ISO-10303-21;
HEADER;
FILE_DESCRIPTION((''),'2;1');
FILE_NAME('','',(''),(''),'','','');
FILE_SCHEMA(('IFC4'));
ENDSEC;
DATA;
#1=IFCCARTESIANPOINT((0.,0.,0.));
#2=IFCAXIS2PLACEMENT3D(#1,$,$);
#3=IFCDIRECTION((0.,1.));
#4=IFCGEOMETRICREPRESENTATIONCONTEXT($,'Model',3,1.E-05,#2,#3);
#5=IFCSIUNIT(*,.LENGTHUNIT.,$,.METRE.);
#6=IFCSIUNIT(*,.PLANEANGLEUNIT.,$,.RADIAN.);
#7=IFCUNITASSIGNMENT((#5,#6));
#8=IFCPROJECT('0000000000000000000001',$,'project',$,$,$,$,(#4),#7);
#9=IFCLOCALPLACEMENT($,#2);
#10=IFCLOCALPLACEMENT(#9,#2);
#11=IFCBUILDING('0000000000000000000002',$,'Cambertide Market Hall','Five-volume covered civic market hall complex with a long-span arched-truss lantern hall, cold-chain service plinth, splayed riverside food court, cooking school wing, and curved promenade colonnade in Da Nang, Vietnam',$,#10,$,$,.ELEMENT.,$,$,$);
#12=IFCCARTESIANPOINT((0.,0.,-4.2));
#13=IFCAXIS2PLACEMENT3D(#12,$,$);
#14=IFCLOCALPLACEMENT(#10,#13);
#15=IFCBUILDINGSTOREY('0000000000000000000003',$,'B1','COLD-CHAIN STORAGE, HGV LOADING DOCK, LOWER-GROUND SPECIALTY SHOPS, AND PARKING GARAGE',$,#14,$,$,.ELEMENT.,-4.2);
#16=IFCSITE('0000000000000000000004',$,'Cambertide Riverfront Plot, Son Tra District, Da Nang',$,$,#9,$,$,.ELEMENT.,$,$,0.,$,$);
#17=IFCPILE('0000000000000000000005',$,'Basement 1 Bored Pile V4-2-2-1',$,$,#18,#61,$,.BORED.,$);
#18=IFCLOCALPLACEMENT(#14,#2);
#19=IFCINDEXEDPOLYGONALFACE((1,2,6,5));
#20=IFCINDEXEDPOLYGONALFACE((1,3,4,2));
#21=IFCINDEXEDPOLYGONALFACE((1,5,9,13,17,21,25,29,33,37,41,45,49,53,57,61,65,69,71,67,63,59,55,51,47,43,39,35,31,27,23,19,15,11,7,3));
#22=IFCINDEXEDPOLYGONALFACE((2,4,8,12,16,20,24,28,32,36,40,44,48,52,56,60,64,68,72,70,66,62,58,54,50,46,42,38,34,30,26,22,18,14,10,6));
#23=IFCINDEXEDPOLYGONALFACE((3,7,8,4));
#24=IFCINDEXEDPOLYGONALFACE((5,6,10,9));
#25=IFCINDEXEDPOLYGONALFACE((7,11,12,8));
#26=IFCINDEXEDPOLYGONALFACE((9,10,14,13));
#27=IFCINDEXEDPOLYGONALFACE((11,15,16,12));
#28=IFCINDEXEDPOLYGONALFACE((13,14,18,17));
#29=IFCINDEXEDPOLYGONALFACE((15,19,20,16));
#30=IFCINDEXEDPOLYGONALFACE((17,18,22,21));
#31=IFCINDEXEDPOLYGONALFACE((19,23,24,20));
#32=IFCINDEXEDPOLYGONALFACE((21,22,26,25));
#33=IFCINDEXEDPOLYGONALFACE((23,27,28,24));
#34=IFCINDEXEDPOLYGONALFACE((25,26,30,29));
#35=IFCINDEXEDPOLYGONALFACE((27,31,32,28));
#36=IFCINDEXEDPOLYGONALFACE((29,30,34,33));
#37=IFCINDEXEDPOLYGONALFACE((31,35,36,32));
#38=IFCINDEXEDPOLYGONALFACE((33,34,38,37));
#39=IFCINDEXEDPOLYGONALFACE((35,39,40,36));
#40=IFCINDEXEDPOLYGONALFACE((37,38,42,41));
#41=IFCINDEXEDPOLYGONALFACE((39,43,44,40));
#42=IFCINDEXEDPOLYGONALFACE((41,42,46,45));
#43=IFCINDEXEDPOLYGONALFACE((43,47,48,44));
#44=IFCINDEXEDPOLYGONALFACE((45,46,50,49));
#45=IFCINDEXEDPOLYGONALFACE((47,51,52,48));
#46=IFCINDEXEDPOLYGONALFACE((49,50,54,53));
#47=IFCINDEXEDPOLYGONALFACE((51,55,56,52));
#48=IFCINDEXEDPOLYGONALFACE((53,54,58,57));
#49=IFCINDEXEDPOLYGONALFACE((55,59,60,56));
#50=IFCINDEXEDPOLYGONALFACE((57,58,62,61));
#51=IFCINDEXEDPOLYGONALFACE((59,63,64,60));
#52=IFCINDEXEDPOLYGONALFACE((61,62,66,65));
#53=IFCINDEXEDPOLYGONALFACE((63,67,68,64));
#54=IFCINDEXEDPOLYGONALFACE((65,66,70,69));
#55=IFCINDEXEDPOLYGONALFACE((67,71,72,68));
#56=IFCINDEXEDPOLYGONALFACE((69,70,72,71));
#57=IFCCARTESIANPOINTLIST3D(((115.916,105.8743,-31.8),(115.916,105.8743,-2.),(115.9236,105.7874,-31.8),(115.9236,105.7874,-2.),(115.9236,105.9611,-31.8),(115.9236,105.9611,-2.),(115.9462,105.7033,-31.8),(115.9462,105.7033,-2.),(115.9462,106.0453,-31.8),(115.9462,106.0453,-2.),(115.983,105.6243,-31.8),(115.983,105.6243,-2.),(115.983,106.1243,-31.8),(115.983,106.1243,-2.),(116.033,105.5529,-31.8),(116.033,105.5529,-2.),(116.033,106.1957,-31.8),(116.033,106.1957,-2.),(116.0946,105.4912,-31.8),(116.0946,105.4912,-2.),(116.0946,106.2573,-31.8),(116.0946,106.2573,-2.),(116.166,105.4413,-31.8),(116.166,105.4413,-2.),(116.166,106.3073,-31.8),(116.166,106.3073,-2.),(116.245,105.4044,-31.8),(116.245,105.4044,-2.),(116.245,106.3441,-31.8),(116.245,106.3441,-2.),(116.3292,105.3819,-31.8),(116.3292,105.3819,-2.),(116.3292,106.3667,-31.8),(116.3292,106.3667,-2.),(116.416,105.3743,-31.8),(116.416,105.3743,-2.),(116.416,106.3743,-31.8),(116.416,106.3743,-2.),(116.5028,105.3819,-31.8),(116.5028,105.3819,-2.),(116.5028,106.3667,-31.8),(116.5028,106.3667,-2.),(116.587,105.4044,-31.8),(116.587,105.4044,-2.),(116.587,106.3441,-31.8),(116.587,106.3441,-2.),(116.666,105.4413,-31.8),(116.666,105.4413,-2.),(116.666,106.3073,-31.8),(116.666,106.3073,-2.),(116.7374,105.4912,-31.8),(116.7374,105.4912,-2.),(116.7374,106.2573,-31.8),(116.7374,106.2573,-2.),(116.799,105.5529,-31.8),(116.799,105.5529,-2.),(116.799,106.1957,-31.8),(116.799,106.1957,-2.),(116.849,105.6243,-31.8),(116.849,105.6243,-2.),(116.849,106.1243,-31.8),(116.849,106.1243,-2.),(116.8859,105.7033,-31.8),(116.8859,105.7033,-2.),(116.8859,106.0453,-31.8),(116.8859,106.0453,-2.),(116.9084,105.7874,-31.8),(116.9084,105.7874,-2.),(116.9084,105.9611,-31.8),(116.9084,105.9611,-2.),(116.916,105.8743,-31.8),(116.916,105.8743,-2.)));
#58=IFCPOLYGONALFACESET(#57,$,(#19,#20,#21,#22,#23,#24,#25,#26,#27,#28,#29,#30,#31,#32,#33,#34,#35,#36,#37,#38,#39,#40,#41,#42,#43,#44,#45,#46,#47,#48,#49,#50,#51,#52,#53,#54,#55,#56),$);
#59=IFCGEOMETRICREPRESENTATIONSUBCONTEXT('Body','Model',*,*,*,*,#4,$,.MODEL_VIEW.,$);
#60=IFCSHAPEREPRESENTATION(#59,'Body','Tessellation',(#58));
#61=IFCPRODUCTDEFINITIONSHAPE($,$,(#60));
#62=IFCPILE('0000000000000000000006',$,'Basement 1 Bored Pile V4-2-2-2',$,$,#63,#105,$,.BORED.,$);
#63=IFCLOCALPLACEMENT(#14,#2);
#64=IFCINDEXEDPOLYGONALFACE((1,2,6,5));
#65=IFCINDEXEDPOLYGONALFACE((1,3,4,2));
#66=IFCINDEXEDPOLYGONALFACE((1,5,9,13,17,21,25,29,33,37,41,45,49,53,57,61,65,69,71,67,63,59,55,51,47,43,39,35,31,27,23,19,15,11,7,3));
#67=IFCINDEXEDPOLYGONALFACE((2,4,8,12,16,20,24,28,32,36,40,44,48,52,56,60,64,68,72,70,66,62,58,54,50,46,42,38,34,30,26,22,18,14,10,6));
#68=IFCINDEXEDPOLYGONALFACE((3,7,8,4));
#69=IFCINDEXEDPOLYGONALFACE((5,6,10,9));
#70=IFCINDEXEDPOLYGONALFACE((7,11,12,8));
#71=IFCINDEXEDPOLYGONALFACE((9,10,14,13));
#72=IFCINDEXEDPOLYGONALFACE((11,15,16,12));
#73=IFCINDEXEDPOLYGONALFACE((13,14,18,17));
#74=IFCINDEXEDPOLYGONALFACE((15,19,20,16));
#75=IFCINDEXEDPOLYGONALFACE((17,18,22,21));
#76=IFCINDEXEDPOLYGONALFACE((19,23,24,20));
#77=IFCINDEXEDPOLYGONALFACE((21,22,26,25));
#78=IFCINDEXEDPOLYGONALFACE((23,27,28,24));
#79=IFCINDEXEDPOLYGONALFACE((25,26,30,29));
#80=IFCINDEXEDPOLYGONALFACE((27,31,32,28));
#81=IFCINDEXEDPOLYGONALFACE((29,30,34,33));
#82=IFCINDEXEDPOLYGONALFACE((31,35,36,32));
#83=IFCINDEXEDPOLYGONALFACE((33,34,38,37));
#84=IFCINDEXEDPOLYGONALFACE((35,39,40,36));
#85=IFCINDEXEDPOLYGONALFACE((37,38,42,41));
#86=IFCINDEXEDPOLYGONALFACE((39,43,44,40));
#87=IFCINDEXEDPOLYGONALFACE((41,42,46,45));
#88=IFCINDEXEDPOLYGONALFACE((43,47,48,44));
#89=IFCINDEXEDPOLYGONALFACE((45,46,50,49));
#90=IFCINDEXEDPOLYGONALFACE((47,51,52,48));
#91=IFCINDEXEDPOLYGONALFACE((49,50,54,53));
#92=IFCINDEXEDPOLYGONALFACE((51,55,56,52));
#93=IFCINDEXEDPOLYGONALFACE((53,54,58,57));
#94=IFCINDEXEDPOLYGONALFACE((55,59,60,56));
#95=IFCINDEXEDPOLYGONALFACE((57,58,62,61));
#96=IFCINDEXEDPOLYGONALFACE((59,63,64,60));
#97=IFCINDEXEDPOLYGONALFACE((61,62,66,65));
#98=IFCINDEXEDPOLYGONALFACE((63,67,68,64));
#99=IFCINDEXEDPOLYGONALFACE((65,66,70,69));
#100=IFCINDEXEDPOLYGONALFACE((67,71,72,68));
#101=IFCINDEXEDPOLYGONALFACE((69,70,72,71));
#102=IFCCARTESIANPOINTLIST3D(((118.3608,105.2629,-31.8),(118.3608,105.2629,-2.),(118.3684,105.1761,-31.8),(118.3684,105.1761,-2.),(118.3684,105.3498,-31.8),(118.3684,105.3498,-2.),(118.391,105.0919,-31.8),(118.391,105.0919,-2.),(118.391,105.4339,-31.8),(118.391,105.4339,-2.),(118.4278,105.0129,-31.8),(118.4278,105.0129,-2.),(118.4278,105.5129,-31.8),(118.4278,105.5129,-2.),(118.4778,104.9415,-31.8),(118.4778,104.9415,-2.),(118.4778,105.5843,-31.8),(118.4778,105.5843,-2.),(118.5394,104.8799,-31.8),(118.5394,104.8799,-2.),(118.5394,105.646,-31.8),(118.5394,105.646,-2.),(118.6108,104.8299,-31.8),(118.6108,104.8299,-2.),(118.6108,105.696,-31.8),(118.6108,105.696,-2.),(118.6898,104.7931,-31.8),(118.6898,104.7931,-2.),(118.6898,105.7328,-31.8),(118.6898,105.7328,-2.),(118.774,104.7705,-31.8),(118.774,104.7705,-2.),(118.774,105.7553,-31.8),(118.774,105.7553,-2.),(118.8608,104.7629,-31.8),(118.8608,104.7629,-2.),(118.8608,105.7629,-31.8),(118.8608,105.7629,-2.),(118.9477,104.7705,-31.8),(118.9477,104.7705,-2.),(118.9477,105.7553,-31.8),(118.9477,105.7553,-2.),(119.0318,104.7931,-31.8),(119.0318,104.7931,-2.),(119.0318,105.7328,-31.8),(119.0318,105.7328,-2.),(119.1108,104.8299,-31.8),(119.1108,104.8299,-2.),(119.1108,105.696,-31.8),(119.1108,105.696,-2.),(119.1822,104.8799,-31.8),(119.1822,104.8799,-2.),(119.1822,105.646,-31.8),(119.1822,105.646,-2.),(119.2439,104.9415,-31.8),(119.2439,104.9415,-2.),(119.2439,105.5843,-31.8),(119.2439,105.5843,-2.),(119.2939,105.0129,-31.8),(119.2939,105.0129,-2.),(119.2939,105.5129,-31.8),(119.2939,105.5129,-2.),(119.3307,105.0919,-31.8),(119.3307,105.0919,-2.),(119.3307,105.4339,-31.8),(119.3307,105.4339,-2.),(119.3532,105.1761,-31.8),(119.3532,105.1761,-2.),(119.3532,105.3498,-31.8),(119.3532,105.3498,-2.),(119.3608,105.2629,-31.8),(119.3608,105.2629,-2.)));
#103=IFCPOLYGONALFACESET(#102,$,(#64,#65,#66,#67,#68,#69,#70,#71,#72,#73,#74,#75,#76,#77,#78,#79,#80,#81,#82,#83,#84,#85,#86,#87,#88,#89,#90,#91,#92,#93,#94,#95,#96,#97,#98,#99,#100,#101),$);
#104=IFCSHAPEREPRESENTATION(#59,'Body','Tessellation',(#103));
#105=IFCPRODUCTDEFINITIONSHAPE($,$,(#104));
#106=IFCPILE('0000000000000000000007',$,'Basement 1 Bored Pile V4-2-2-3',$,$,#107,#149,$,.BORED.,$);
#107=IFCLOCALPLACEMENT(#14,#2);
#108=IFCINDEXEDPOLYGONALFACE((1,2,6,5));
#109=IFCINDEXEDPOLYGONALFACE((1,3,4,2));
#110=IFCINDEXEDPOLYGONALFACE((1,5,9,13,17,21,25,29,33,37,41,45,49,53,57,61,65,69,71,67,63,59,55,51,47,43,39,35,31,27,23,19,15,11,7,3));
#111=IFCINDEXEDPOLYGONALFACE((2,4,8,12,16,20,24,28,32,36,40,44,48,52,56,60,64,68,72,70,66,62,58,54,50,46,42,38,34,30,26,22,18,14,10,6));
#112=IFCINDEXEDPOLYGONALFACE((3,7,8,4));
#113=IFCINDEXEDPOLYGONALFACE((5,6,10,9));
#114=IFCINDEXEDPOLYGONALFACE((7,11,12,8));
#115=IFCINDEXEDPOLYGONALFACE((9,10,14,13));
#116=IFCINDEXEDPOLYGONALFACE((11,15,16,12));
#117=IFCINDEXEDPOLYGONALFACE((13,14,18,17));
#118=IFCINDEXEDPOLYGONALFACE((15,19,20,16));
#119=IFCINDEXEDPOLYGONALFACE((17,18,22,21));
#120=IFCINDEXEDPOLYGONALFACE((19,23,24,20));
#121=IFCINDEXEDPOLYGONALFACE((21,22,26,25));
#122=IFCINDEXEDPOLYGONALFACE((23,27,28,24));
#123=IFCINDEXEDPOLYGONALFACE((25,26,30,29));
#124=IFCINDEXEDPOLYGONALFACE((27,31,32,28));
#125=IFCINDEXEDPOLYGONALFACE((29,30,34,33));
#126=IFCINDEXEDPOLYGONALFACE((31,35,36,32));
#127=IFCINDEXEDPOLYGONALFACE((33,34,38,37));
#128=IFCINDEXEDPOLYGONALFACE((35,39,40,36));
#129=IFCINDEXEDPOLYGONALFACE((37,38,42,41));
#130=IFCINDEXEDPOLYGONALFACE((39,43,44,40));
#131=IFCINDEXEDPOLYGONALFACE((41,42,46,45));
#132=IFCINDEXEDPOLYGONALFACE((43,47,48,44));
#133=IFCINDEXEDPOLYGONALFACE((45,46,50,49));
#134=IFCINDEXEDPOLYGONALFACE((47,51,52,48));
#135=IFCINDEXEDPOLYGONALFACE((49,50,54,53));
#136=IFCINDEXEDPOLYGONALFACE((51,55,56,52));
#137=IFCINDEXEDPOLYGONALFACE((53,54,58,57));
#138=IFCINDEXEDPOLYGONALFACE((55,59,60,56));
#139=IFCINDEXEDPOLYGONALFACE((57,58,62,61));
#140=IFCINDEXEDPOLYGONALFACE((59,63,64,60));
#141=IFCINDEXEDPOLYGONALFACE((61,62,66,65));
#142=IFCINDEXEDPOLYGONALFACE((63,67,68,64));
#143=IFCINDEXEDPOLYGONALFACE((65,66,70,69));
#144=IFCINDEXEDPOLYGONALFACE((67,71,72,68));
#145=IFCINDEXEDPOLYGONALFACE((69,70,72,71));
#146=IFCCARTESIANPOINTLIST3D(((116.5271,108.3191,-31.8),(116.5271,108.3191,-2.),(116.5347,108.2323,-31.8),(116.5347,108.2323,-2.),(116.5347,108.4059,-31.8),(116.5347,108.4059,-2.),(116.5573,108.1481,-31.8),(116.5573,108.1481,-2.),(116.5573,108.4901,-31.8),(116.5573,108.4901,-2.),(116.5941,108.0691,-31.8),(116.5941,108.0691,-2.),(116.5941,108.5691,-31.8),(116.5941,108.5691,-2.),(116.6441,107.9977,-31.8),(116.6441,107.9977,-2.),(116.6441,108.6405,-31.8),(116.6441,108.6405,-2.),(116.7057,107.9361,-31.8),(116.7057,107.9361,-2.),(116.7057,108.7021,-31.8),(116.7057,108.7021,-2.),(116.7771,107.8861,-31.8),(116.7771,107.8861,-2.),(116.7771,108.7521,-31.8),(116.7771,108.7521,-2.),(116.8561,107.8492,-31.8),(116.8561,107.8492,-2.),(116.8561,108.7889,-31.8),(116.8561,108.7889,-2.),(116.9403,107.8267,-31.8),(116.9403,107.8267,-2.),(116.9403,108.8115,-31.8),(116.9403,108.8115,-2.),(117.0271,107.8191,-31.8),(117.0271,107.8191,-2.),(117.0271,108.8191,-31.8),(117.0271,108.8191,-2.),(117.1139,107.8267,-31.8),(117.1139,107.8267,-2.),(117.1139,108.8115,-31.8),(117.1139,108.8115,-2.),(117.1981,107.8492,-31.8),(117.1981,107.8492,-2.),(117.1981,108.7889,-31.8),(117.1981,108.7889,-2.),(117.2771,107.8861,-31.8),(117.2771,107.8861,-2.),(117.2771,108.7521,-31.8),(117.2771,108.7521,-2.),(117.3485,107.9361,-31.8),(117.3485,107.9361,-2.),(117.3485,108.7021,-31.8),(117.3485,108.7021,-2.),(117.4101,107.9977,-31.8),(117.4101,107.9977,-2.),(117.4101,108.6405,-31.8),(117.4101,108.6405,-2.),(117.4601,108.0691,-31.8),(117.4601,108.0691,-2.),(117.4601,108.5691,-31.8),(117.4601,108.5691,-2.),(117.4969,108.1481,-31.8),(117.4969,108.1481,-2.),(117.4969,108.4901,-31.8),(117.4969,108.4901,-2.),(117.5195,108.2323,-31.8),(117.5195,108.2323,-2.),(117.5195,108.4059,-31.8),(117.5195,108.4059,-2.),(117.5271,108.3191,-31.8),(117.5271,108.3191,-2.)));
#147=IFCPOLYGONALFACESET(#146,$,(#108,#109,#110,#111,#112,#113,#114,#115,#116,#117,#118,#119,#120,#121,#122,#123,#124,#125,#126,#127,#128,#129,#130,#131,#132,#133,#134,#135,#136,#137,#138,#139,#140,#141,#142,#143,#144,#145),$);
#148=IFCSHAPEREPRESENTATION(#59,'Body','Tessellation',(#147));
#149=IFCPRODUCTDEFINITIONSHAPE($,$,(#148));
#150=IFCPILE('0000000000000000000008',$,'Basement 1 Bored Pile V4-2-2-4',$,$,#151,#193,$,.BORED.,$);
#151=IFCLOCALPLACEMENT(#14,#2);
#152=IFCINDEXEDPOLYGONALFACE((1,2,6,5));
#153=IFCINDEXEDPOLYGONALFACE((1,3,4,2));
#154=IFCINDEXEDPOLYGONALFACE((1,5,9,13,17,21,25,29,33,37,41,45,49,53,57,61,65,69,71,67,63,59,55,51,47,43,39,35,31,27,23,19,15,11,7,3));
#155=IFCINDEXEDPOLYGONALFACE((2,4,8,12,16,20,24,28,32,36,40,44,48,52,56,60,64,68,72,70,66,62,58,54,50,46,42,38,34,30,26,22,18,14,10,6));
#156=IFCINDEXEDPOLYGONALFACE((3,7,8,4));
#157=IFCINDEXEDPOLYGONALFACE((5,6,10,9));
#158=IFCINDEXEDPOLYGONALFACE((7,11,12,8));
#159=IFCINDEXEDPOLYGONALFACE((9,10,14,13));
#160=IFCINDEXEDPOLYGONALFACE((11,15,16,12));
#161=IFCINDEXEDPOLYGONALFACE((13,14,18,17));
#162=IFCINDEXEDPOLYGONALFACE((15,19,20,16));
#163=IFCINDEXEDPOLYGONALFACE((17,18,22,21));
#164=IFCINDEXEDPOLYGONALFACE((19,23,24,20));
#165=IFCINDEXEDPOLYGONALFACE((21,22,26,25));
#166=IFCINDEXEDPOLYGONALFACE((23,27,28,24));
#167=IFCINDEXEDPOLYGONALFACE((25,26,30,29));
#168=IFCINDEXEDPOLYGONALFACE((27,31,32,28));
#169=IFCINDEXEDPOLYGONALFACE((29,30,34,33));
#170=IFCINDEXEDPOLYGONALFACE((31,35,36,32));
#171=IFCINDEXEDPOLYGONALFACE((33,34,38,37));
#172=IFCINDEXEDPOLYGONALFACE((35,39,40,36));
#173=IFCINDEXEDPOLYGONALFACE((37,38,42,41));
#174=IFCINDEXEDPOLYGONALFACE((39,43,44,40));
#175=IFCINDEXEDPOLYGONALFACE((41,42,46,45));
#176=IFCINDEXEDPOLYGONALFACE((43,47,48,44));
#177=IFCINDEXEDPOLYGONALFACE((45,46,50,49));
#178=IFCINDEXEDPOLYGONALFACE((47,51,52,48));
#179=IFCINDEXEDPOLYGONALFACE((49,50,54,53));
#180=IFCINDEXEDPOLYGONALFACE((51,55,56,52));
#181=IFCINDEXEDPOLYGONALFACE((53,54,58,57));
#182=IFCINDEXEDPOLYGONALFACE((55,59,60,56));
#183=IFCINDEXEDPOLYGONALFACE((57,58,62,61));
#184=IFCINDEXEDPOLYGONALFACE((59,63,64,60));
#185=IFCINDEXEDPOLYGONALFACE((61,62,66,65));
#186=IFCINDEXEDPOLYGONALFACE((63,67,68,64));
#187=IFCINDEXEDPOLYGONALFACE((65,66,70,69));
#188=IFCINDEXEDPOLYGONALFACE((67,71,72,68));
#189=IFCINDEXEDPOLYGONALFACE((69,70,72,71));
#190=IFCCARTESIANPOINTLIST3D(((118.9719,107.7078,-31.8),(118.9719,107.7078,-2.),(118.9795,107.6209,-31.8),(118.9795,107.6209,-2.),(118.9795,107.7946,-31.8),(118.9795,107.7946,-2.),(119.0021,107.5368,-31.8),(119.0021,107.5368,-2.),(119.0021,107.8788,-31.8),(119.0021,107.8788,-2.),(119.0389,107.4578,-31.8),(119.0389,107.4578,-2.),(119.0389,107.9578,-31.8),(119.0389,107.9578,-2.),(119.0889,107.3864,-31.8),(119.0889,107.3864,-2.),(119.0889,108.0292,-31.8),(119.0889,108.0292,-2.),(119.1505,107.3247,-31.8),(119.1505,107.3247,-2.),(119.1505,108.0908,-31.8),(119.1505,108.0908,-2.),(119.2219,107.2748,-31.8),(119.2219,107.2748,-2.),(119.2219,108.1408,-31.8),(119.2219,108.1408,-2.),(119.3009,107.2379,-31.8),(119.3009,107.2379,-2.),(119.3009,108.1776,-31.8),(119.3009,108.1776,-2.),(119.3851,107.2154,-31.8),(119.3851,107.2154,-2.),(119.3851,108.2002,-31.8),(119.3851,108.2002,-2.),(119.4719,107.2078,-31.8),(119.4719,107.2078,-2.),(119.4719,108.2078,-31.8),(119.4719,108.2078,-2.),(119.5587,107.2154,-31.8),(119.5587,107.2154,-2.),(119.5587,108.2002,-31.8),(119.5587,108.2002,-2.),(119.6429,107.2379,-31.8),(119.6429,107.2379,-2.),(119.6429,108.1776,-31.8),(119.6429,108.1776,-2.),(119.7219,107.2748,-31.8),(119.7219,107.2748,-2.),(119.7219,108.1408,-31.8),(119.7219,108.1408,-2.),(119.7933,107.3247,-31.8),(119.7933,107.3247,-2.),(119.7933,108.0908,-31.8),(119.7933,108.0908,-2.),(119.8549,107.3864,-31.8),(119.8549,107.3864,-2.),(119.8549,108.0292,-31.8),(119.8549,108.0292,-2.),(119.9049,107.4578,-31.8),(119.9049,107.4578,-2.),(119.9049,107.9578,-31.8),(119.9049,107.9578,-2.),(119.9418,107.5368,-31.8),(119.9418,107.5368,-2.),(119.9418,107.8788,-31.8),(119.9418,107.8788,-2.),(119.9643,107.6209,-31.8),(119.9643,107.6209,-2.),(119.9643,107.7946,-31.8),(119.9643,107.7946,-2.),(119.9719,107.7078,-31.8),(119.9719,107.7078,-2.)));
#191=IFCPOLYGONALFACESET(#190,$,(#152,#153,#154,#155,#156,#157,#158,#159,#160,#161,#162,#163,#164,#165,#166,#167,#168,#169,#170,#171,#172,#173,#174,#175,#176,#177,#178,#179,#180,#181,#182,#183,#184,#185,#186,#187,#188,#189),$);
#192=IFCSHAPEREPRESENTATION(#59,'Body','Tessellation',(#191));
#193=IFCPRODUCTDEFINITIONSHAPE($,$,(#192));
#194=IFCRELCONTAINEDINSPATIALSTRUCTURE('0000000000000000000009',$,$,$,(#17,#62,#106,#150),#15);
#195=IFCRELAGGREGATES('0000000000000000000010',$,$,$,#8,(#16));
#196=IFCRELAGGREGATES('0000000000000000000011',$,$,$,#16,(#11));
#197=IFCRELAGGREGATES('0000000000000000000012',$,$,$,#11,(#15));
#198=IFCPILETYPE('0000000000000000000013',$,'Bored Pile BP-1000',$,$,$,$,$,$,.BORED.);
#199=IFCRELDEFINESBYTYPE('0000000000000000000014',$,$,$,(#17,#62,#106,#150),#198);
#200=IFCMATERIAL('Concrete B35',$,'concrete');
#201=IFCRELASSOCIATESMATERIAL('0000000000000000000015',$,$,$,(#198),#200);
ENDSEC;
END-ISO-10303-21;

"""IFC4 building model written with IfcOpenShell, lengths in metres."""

from ifc_helpers import new_model, si_unit, direction, frame, origin, origin_2d, place, context, subcontext, project, spatial, circle, extrude, material, material_profile, profile_set, type_object, element, save


model = new_model("IFC4")

# Units and contexts
model_context = context("Model", 3, precision=1e-05, world=origin(), true_north=direction((0.0, 1.0)))
body_context = subcontext(model_context, "Body", "Model", "MODEL_VIEW")
ifc_project = project(units=[si_unit("LENGTHUNIT", "METRE"), si_unit("PLANEANGLEUNIT", "RADIAN")], contexts=[model_context])

# Site, building, storey
site_placement = place(None, origin())
site = spatial("IfcSite", under=ifc_project, at=site_placement, Name="Cambertide Riverfront Plot, Son Tra District, Da Nang", CompositionType="ELEMENT", RefElevation=0.0)
building_placement = place(site_placement, origin())
building = spatial("IfcBuilding", under=site, at=building_placement, Name="Cambertide Market Hall", Description="Five-volume covered civic market hall complex with a long-span arched-truss lantern hall, cold-chain service plinth, splayed riverside food court, cooking school wing, and curved promenade colonnade in Da Nang, Vietnam", CompositionType="ELEMENT")
storey_placement = place(building_placement, frame((0.0, 0.0, -4.2)))
storey = spatial("IfcBuildingStorey", under=building, at=storey_placement, Name="B1", Description="COLD-CHAIN STORAGE, HGV LOADING DOCK, LOWER-GROUND SPECIALTY SHOPS, AND PARKING GARAGE", CompositionType="ELEMENT", Elevation=-4.2)

# Piles
ifc_material_1 = material(Name="Concrete B35", Category="concrete")
ifc_material_profile_1 = material_profile(ifc_material_1, circle(Radius=0.5, at=origin_2d()), Name="BP D1000")
ifc_profile_set_1 = profile_set([ifc_material_profile_1], Name="Concrete B35")
pile_type_1 = type_object("IfcPileType", Name="Bored Pile BP-1000", PredefinedType="BORED", material=ifc_profile_set_1)
for number, where, z_axis, x_axis, name in (
    (1, (116.416, 105.8743, -2.0), (0.0, 0.0, -1.0), (1.0, 0.0, 0.0), "Basement 1 Bored Pile V4-2-2-1"),
    (2, (118.8608, 105.2629, -2.0), (0.0, 0.0, -1.0), (1.0, 0.0, 0.0), "Basement 1 Bored Pile V4-2-2-2"),
    (3, (117.0271, 108.3191, -2.0), (0.0, 0.0, -1.0), (1.0, 0.0, 0.0), "Basement 1 Bored Pile V4-2-2-3"),
    (4, (119.4719, 107.7078, -2.0), (0.0, 0.0, -1.0), (1.0, 0.0, 0.0), "Basement 1 Bored Pile V4-2-2-4"),
):
    element("IfcPile", number, at=place(storey_placement, frame(where, z_axis=z_axis, x_axis=x_axis)), inside=storey, type_object=pile_type_1, Name=name, PredefinedType="BORED", context=body_context, shape_type="SweptSolid", body=[
        extrude(circle(Radius=0.5, at=origin_2d()), origin(), (0.0, 0.0, 1.0), 29.8),
    ])

save(model, "model.ifc")
